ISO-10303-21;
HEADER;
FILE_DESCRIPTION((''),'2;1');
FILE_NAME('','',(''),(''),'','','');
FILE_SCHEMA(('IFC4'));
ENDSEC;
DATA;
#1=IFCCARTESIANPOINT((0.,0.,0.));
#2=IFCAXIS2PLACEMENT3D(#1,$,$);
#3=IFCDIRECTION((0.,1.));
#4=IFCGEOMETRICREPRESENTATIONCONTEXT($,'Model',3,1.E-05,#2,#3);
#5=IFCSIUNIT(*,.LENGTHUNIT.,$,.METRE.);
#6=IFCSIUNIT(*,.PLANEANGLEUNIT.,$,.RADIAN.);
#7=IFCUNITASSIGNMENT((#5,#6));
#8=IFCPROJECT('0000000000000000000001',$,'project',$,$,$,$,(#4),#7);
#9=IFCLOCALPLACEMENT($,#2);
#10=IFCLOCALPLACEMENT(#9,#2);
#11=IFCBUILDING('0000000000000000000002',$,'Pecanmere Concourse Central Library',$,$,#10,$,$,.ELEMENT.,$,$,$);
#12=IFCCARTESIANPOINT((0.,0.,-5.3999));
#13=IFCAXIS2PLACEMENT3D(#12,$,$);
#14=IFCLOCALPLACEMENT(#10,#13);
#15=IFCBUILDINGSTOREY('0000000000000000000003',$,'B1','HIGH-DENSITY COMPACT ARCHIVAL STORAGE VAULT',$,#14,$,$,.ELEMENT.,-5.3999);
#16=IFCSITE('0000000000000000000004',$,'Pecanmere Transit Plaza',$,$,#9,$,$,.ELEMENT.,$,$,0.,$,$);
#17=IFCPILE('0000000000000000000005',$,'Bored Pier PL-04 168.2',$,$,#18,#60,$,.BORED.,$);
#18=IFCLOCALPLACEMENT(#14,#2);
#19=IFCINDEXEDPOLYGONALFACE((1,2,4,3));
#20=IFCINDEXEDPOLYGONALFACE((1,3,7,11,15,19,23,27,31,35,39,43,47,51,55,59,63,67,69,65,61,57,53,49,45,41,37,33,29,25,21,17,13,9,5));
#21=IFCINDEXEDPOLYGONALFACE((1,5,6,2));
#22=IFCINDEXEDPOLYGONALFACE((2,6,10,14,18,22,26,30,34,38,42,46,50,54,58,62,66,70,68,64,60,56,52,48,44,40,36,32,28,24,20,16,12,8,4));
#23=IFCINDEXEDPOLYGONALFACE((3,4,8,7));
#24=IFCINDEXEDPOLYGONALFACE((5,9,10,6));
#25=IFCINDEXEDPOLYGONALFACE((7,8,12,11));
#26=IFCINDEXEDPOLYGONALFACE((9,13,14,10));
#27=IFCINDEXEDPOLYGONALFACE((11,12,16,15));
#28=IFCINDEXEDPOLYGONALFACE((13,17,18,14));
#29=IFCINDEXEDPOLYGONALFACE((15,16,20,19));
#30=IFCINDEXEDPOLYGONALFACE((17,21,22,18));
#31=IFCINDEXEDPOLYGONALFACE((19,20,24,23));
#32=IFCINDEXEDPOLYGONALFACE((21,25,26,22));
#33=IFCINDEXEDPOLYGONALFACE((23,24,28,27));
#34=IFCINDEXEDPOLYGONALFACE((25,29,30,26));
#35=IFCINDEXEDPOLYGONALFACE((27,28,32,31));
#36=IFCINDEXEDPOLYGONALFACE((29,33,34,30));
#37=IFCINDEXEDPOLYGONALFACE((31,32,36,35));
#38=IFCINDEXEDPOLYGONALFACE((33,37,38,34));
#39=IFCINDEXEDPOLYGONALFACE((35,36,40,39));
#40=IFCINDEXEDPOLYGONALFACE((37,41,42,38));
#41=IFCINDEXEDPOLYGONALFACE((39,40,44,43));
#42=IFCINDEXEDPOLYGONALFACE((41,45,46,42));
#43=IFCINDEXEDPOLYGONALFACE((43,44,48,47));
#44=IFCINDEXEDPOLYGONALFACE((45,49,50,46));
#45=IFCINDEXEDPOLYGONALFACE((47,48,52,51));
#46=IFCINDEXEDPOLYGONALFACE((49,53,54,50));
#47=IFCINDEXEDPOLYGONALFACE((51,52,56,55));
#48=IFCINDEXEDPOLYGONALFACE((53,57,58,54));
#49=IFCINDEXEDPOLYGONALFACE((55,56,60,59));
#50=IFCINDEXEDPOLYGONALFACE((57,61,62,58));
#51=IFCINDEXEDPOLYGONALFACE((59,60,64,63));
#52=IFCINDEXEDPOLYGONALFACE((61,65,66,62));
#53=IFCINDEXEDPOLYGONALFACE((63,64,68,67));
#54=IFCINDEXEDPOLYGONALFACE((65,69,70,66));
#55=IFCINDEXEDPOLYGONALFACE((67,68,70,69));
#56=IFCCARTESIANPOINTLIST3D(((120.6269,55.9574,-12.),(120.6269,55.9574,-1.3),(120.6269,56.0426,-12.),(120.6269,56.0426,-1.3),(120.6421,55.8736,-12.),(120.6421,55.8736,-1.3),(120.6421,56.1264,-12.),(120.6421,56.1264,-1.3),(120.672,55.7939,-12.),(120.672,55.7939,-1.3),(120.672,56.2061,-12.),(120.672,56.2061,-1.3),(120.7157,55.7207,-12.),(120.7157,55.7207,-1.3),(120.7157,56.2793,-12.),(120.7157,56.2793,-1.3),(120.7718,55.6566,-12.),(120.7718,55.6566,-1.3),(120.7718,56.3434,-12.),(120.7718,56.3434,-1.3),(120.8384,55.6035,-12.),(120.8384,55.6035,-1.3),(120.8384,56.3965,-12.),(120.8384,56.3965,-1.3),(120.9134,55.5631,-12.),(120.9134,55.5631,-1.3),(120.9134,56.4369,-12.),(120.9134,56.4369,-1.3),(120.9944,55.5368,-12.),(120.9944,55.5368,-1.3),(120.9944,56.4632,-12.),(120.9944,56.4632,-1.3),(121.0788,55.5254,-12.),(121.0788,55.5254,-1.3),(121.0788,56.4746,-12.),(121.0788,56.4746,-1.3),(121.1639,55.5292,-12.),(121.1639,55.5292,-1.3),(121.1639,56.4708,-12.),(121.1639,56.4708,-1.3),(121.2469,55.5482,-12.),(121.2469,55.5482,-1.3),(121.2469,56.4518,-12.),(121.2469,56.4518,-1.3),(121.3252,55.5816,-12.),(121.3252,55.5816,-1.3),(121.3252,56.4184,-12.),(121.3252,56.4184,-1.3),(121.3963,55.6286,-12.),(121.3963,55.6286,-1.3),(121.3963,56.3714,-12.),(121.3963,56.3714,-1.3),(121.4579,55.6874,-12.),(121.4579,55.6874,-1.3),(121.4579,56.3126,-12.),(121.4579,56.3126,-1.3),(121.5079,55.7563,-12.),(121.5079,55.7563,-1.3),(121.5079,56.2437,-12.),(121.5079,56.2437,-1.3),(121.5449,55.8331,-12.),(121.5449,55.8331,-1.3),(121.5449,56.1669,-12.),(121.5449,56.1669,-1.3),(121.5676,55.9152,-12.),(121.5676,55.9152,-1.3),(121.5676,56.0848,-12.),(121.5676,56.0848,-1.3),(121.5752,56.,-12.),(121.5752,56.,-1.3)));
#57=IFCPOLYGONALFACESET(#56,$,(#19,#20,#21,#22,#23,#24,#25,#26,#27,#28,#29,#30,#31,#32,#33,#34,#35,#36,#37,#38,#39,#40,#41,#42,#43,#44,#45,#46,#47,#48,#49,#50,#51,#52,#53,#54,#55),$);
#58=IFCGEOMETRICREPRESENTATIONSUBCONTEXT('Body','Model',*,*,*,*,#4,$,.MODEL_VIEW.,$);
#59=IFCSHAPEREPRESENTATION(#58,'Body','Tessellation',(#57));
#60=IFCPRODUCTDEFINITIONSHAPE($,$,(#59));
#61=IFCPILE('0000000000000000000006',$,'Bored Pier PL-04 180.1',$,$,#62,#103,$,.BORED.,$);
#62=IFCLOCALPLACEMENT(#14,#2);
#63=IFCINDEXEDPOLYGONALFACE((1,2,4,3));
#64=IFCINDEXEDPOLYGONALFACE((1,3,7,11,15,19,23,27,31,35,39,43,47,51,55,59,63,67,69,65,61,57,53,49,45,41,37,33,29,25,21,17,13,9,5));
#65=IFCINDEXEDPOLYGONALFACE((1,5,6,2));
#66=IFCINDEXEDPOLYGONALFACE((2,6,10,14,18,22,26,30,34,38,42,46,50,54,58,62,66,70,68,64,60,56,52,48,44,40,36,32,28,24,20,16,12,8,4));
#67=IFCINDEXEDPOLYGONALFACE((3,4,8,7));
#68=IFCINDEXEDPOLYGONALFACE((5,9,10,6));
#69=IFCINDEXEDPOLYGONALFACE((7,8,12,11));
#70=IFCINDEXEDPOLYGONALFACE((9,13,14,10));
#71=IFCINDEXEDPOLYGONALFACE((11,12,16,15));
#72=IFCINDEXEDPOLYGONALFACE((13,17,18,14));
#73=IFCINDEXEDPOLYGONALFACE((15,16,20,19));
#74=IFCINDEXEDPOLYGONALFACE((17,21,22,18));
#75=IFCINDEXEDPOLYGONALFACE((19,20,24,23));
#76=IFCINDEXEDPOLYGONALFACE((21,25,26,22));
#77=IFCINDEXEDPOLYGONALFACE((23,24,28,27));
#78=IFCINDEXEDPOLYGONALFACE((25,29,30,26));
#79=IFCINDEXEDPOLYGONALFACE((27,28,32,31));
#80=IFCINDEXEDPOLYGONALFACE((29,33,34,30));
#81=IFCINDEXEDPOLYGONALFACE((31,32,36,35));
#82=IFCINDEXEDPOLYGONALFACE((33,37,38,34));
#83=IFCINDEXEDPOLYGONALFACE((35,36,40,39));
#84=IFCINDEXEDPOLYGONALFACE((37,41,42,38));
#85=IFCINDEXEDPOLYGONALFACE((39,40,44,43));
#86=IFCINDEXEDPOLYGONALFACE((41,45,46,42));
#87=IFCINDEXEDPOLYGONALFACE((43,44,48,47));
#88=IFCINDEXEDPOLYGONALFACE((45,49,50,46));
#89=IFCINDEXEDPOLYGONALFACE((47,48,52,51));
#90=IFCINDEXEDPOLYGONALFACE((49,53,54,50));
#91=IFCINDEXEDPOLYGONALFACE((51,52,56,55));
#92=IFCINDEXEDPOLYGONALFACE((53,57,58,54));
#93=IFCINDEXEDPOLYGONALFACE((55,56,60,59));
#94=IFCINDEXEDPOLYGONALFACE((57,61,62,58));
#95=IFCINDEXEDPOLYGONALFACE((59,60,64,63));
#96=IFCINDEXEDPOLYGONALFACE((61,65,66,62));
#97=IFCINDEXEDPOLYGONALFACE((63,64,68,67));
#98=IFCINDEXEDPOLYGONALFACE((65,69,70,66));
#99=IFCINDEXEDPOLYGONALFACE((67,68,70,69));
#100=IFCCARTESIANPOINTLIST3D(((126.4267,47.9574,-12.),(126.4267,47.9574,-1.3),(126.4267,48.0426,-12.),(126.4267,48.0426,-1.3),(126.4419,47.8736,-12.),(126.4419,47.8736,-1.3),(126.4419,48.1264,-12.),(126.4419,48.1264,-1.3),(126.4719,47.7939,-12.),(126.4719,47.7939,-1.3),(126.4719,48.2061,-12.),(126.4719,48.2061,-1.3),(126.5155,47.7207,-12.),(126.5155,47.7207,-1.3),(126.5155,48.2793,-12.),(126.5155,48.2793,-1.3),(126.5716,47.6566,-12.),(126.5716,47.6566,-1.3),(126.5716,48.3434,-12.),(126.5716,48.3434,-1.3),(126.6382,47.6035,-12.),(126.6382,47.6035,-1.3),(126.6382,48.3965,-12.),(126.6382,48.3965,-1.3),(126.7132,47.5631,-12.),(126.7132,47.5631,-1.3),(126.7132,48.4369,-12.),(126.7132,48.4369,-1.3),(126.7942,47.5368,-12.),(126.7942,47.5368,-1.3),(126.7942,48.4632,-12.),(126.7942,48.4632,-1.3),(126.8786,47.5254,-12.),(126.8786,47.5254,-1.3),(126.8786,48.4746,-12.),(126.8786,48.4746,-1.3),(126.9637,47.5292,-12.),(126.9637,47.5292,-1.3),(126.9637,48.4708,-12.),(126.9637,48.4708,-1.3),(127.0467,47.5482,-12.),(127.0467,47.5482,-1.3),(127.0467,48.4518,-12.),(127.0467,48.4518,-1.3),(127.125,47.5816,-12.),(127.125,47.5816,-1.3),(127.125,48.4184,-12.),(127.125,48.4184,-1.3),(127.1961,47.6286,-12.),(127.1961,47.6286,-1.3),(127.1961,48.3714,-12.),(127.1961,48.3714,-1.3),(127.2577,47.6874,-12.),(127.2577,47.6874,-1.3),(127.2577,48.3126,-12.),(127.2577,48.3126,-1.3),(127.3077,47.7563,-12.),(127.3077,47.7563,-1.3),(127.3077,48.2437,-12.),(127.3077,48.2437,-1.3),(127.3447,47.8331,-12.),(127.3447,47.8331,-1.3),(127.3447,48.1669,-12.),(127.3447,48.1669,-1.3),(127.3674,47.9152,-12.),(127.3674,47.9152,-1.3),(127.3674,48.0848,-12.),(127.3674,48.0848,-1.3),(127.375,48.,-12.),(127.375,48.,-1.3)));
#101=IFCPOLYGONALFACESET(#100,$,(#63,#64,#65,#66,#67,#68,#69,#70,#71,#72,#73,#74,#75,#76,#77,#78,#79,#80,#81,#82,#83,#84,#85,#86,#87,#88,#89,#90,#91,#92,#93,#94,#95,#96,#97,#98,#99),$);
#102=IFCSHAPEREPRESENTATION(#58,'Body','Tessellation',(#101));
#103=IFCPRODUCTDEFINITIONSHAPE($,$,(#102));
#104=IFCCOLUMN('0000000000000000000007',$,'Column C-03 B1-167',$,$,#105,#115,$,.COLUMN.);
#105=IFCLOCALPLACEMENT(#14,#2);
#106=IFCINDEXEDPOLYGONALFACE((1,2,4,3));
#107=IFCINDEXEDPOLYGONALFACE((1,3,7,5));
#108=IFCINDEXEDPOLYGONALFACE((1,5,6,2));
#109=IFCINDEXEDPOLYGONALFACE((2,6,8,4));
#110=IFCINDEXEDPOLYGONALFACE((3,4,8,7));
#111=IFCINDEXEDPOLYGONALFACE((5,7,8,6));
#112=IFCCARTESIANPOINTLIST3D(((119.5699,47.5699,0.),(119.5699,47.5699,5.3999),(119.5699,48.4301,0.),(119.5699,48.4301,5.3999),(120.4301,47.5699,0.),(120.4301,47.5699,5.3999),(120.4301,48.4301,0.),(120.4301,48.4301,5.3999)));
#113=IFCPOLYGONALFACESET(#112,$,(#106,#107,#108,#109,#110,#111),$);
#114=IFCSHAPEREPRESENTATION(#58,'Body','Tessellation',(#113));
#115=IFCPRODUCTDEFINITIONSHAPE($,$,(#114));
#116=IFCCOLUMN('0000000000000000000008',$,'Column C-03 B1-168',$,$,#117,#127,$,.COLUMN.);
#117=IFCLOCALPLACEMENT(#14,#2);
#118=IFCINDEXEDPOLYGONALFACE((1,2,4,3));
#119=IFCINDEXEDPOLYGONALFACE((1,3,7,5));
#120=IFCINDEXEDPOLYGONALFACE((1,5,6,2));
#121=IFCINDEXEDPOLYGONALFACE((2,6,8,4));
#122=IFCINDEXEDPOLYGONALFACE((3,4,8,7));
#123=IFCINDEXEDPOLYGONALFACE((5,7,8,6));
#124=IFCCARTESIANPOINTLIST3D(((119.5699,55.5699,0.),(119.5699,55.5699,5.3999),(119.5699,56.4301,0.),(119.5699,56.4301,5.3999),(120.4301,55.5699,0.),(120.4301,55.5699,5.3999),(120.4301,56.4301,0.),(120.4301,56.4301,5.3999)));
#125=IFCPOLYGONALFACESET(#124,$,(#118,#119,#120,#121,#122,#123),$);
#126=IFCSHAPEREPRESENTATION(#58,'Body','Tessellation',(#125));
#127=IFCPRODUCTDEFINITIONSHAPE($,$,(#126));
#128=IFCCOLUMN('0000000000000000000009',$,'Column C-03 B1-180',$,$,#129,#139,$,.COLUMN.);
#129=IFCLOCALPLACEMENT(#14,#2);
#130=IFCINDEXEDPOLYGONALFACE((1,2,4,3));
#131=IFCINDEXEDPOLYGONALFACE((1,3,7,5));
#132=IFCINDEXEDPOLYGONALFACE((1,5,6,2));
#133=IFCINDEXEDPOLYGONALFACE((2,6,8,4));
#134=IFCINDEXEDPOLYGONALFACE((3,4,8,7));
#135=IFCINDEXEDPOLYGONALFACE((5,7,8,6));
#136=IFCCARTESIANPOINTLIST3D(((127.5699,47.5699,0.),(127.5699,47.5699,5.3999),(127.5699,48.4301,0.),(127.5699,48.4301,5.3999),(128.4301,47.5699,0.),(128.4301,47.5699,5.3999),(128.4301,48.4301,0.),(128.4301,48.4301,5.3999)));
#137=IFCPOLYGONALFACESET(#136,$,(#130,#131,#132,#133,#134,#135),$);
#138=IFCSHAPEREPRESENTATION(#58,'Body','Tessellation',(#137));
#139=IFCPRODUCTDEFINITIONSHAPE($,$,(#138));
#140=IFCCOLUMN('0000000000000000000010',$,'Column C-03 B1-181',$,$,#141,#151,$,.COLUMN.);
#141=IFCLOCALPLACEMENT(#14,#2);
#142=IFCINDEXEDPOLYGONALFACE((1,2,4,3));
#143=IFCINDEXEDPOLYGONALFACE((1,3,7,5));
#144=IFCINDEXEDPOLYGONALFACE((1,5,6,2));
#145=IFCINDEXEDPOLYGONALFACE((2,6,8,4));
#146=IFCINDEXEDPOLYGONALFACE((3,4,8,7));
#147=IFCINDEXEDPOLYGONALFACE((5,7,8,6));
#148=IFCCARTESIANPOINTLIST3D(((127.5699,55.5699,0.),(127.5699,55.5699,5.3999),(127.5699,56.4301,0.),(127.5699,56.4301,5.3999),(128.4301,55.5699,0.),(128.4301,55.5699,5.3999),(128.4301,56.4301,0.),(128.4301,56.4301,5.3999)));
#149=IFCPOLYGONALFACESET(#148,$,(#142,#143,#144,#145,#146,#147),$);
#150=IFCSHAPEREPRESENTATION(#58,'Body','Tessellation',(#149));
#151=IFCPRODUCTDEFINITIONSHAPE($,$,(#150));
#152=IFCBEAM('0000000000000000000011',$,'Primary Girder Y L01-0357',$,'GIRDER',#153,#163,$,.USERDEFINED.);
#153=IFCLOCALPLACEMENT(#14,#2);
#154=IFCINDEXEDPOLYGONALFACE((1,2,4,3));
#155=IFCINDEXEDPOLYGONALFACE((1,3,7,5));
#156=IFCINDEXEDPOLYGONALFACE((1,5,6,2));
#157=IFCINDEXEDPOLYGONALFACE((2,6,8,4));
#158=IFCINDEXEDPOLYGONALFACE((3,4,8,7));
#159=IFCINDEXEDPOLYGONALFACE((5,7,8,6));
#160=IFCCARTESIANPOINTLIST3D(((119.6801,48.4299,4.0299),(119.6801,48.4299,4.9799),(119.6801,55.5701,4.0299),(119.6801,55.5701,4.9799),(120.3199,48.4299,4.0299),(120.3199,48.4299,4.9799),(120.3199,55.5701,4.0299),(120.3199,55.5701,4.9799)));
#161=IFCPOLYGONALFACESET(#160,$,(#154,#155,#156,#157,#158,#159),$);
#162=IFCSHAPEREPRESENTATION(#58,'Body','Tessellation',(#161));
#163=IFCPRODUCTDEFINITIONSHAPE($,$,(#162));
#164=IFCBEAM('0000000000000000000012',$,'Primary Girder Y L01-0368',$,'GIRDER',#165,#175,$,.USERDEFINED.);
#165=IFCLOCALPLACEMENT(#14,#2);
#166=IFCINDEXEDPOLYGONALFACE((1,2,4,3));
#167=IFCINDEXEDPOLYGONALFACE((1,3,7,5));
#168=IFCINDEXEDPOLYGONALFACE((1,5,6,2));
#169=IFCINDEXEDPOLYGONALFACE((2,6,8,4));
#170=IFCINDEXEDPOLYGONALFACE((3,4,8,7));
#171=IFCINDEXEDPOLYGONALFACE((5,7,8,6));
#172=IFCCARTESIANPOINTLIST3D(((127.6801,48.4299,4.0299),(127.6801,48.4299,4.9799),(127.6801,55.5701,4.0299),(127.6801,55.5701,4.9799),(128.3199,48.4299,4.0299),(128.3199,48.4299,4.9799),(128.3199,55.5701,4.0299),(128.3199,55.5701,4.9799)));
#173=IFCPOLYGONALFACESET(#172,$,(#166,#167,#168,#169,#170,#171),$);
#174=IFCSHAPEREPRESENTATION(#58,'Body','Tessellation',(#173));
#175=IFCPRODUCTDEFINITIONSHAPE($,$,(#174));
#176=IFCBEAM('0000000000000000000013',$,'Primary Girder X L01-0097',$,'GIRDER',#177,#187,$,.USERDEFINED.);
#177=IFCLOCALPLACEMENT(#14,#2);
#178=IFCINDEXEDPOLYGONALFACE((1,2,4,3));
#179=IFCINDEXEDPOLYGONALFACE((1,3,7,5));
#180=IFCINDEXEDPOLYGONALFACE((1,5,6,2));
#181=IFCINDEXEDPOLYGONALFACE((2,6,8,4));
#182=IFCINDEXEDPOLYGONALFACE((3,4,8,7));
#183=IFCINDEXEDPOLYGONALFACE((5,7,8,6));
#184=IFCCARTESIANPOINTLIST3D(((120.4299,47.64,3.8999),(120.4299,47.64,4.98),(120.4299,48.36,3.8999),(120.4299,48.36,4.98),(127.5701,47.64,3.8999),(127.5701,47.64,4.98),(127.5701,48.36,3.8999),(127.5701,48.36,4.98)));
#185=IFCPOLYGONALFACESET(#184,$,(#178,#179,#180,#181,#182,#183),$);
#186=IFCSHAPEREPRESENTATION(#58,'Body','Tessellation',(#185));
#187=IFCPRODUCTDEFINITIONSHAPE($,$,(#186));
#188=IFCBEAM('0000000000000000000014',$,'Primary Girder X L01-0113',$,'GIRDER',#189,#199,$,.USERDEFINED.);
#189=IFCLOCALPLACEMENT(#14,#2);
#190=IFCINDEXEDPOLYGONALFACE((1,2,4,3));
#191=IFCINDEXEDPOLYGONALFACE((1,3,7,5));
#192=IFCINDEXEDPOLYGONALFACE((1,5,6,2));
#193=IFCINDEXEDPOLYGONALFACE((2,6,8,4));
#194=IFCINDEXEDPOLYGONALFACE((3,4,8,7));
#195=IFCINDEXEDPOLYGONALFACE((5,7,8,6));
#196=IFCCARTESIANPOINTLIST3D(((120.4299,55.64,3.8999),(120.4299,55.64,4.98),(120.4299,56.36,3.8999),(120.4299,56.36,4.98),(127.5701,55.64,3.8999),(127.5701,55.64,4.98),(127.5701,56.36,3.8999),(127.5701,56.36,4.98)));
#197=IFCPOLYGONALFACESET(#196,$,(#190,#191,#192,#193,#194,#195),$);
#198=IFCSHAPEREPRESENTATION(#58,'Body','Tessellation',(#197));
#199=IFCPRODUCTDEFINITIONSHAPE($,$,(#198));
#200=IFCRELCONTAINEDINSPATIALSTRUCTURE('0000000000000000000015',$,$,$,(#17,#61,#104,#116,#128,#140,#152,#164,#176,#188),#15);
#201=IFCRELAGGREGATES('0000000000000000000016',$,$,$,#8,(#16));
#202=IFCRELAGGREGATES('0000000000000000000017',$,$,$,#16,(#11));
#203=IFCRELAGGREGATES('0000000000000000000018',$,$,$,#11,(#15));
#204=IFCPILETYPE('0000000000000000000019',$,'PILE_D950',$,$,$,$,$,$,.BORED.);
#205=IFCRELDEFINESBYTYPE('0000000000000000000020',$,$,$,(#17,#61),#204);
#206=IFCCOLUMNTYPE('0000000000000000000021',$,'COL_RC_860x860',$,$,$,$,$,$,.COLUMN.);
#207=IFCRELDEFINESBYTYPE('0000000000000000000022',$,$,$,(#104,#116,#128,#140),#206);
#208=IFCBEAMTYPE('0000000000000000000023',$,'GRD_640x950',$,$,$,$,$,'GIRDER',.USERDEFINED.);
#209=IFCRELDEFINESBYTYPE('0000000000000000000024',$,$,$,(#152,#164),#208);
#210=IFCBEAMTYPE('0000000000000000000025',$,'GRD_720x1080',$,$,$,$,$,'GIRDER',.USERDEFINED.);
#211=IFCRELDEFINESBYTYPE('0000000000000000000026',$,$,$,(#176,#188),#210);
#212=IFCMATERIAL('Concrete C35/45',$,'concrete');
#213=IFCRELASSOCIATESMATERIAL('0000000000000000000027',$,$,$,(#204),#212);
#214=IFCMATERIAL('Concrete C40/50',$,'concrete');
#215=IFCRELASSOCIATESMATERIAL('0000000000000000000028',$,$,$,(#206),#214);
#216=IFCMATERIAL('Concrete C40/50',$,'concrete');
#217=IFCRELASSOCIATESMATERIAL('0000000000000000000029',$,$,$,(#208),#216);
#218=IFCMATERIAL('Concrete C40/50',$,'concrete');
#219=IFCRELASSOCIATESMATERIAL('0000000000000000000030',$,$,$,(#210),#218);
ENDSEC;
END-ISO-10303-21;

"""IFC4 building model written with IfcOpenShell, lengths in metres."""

from ifc_helpers import new_model, si_unit, direction, frame, origin, origin_2d, place, context, subcontext, project, spatial, rectangle, circle, extrude, material, material_profile, profile_set, type_object, element, save


model = new_model("IFC4")

# Units and contexts
model_context = context("Model", 3, precision=1e-05, world=origin(), true_north=direction((0.0, 1.0)))
body_context = subcontext(model_context, "Body", "Model", "MODEL_VIEW")
ifc_project = project(units=[si_unit("LENGTHUNIT", "METRE"), si_unit("PLANEANGLEUNIT", "RADIAN")], contexts=[model_context])

# Site, building, storey
site_placement = place(None, origin())
site = spatial("IfcSite", under=ifc_project, at=site_placement, Name="Pecanmere Transit Plaza", CompositionType="ELEMENT", RefElevation=0.0)
building_placement = place(site_placement, origin())
building = spatial("IfcBuilding", under=site, at=building_placement, Name="Pecanmere Concourse Central Library", CompositionType="ELEMENT")
storey_placement = place(building_placement, frame((0.0, 0.0, -5.3999)))
storey = spatial("IfcBuildingStorey", under=building, at=storey_placement, Name="B1", Description="HIGH-DENSITY COMPACT ARCHIVAL STORAGE VAULT", CompositionType="ELEMENT", Elevation=-5.3999)

# Piles
ifc_material_1 = material(Name="Concrete C35/45", Category="concrete")
ifc_material_profile_1 = material_profile(ifc_material_1, circle(Radius=0.4751, at=origin_2d()), Name="PIER D950")
ifc_profile_set_1 = profile_set([ifc_material_profile_1], Name="Concrete C35/45")
pile_type_1 = type_object("IfcPileType", Name="PILE_D950", PredefinedType="BORED", material=ifc_profile_set_1)
for number, where, z_axis, x_axis, name in (
    (1, (121.1001, 56.0, -1.3), (0.0, 0.0, -1.0), (1.0, 0.0, 0.0), "Bored Pier PL-04 168.2"),
    (2, (126.8999, 48.0, -1.3), (0.0, 0.0, -1.0), (1.0, 0.0, 0.0), "Bored Pier PL-04 180.1"),
):
    element("IfcPile", number, at=place(storey_placement, frame(where, z_axis=z_axis, x_axis=x_axis)), inside=storey, type_object=pile_type_1, Name=name, PredefinedType="BORED", context=body_context, shape_type="SweptSolid", body=[
        extrude(circle(Radius=0.4751, at=origin_2d()), origin(), (0.0, 0.0, 1.0), 10.7),
    ])

# Columns
ifc_material_2 = material(Name="Concrete C40/50", Category="concrete")
ifc_material_profile_2 = material_profile(ifc_material_2, rectangle(XDim=0.8601, YDim=0.8601, at=origin_2d()), Name="RC 860x860")
ifc_profile_set_2 = profile_set([ifc_material_profile_2], Name="Concrete C40/50")
column_type = type_object("IfcColumnType", Name="COL_RC_860x860", PredefinedType="COLUMN", material=ifc_profile_set_2)
for number, where, z_axis, x_axis, name in (
    (3, (120.0, 48.0, 0.0), (0.0, 0.0, 1.0), (1.0, 0.0, 0.0), "Column C-03 B1-167"),
    (4, (120.0, 56.0, 0.0), (0.0, 0.0, 1.0), (1.0, 0.0, 0.0), "Column C-03 B1-168"),
    (5, (128.0, 48.0, 0.0), (0.0, 0.0, 1.0), (1.0, 0.0, 0.0), "Column C-03 B1-180"),
    (6, (128.0, 56.0, 0.0), (0.0, 0.0, 1.0), (1.0, 0.0, 0.0), "Column C-03 B1-181"),
):
    element("IfcColumn", number, at=place(storey_placement, frame(where, z_axis=z_axis, x_axis=x_axis)), inside=storey, type_object=column_type, Name=name, PredefinedType="COLUMN", context=body_context, shape_type="SweptSolid", body=[
        extrude(rectangle(XDim=0.8601, YDim=0.8601, at=origin_2d()), origin(), (0.0, 0.0, 1.0), 5.3999),
    ])

# Beams
ifc_material_3 = material(Name="Concrete C40/50", Category="concrete")
ifc_material_profile_3 = material_profile(ifc_material_3, rectangle(XDim=0.6399, YDim=0.95, at=origin_2d()), Name="RC 640x950")
ifc_profile_set_3 = profile_set([ifc_material_profile_3], Name="Concrete C40/50")
beam_type_1 = type_object("IfcBeamType", Name="GRD_640x950", ElementType="GIRDER", PredefinedType="USERDEFINED", material=ifc_profile_set_3)
for number, where, z_axis, x_axis, name in (
    (7, (120.0, 48.4299, 4.5049), (0.0, 1.0, 0.0), (-1.0, 0.0, 0.0), "Primary Girder Y L01-0357"),
    (8, (128.0, 48.4299, 4.5049), (0.0, 1.0, 0.0), (-1.0, 0.0, 0.0), "Primary Girder Y L01-0368"),
):
    element("IfcBeam", number, at=place(storey_placement, frame(where, z_axis=z_axis, x_axis=x_axis)), inside=storey, type_object=beam_type_1, Name=name, ObjectType="GIRDER", PredefinedType="USERDEFINED", context=body_context, shape_type="SweptSolid", body=[
        extrude(rectangle(XDim=0.6399, YDim=0.95, at=origin_2d()), origin(), (0.0, 0.0, 1.0), 7.1401),
    ])
ifc_material_4 = material(Name="Concrete C40/50", Category="concrete")
ifc_material_profile_4 = material_profile(ifc_material_4, rectangle(XDim=0.72, YDim=1.0801, at=origin_2d()), Name="RC 720x1080")
ifc_profile_set_4 = profile_set([ifc_material_profile_4], Name="Concrete C40/50")
beam_type_2 = type_object("IfcBeamType", Name="GRD_720x1080", ElementType="GIRDER", PredefinedType="USERDEFINED", material=ifc_profile_set_4)
for number, where, z_axis, x_axis, name in (
    (9, (120.4299, 48.0, 4.4399), (1.0, 0.0, 0.0), (0.0, 1.0, 0.0), "Primary Girder X L01-0097"),
    (10, (120.4299, 56.0, 4.4399), (1.0, 0.0, 0.0), (0.0, 1.0, 0.0), "Primary Girder X L01-0113"),
):
    element("IfcBeam", number, at=place(storey_placement, frame(where, z_axis=z_axis, x_axis=x_axis)), inside=storey, type_object=beam_type_2, Name=name, ObjectType="GIRDER", PredefinedType="USERDEFINED", context=body_context, shape_type="SweptSolid", body=[
        extrude(rectangle(XDim=0.72, YDim=1.0801, at=origin_2d()), origin(), (0.0, 0.0, 1.0), 7.1401),
    ])

save(model, "model.ifc")
